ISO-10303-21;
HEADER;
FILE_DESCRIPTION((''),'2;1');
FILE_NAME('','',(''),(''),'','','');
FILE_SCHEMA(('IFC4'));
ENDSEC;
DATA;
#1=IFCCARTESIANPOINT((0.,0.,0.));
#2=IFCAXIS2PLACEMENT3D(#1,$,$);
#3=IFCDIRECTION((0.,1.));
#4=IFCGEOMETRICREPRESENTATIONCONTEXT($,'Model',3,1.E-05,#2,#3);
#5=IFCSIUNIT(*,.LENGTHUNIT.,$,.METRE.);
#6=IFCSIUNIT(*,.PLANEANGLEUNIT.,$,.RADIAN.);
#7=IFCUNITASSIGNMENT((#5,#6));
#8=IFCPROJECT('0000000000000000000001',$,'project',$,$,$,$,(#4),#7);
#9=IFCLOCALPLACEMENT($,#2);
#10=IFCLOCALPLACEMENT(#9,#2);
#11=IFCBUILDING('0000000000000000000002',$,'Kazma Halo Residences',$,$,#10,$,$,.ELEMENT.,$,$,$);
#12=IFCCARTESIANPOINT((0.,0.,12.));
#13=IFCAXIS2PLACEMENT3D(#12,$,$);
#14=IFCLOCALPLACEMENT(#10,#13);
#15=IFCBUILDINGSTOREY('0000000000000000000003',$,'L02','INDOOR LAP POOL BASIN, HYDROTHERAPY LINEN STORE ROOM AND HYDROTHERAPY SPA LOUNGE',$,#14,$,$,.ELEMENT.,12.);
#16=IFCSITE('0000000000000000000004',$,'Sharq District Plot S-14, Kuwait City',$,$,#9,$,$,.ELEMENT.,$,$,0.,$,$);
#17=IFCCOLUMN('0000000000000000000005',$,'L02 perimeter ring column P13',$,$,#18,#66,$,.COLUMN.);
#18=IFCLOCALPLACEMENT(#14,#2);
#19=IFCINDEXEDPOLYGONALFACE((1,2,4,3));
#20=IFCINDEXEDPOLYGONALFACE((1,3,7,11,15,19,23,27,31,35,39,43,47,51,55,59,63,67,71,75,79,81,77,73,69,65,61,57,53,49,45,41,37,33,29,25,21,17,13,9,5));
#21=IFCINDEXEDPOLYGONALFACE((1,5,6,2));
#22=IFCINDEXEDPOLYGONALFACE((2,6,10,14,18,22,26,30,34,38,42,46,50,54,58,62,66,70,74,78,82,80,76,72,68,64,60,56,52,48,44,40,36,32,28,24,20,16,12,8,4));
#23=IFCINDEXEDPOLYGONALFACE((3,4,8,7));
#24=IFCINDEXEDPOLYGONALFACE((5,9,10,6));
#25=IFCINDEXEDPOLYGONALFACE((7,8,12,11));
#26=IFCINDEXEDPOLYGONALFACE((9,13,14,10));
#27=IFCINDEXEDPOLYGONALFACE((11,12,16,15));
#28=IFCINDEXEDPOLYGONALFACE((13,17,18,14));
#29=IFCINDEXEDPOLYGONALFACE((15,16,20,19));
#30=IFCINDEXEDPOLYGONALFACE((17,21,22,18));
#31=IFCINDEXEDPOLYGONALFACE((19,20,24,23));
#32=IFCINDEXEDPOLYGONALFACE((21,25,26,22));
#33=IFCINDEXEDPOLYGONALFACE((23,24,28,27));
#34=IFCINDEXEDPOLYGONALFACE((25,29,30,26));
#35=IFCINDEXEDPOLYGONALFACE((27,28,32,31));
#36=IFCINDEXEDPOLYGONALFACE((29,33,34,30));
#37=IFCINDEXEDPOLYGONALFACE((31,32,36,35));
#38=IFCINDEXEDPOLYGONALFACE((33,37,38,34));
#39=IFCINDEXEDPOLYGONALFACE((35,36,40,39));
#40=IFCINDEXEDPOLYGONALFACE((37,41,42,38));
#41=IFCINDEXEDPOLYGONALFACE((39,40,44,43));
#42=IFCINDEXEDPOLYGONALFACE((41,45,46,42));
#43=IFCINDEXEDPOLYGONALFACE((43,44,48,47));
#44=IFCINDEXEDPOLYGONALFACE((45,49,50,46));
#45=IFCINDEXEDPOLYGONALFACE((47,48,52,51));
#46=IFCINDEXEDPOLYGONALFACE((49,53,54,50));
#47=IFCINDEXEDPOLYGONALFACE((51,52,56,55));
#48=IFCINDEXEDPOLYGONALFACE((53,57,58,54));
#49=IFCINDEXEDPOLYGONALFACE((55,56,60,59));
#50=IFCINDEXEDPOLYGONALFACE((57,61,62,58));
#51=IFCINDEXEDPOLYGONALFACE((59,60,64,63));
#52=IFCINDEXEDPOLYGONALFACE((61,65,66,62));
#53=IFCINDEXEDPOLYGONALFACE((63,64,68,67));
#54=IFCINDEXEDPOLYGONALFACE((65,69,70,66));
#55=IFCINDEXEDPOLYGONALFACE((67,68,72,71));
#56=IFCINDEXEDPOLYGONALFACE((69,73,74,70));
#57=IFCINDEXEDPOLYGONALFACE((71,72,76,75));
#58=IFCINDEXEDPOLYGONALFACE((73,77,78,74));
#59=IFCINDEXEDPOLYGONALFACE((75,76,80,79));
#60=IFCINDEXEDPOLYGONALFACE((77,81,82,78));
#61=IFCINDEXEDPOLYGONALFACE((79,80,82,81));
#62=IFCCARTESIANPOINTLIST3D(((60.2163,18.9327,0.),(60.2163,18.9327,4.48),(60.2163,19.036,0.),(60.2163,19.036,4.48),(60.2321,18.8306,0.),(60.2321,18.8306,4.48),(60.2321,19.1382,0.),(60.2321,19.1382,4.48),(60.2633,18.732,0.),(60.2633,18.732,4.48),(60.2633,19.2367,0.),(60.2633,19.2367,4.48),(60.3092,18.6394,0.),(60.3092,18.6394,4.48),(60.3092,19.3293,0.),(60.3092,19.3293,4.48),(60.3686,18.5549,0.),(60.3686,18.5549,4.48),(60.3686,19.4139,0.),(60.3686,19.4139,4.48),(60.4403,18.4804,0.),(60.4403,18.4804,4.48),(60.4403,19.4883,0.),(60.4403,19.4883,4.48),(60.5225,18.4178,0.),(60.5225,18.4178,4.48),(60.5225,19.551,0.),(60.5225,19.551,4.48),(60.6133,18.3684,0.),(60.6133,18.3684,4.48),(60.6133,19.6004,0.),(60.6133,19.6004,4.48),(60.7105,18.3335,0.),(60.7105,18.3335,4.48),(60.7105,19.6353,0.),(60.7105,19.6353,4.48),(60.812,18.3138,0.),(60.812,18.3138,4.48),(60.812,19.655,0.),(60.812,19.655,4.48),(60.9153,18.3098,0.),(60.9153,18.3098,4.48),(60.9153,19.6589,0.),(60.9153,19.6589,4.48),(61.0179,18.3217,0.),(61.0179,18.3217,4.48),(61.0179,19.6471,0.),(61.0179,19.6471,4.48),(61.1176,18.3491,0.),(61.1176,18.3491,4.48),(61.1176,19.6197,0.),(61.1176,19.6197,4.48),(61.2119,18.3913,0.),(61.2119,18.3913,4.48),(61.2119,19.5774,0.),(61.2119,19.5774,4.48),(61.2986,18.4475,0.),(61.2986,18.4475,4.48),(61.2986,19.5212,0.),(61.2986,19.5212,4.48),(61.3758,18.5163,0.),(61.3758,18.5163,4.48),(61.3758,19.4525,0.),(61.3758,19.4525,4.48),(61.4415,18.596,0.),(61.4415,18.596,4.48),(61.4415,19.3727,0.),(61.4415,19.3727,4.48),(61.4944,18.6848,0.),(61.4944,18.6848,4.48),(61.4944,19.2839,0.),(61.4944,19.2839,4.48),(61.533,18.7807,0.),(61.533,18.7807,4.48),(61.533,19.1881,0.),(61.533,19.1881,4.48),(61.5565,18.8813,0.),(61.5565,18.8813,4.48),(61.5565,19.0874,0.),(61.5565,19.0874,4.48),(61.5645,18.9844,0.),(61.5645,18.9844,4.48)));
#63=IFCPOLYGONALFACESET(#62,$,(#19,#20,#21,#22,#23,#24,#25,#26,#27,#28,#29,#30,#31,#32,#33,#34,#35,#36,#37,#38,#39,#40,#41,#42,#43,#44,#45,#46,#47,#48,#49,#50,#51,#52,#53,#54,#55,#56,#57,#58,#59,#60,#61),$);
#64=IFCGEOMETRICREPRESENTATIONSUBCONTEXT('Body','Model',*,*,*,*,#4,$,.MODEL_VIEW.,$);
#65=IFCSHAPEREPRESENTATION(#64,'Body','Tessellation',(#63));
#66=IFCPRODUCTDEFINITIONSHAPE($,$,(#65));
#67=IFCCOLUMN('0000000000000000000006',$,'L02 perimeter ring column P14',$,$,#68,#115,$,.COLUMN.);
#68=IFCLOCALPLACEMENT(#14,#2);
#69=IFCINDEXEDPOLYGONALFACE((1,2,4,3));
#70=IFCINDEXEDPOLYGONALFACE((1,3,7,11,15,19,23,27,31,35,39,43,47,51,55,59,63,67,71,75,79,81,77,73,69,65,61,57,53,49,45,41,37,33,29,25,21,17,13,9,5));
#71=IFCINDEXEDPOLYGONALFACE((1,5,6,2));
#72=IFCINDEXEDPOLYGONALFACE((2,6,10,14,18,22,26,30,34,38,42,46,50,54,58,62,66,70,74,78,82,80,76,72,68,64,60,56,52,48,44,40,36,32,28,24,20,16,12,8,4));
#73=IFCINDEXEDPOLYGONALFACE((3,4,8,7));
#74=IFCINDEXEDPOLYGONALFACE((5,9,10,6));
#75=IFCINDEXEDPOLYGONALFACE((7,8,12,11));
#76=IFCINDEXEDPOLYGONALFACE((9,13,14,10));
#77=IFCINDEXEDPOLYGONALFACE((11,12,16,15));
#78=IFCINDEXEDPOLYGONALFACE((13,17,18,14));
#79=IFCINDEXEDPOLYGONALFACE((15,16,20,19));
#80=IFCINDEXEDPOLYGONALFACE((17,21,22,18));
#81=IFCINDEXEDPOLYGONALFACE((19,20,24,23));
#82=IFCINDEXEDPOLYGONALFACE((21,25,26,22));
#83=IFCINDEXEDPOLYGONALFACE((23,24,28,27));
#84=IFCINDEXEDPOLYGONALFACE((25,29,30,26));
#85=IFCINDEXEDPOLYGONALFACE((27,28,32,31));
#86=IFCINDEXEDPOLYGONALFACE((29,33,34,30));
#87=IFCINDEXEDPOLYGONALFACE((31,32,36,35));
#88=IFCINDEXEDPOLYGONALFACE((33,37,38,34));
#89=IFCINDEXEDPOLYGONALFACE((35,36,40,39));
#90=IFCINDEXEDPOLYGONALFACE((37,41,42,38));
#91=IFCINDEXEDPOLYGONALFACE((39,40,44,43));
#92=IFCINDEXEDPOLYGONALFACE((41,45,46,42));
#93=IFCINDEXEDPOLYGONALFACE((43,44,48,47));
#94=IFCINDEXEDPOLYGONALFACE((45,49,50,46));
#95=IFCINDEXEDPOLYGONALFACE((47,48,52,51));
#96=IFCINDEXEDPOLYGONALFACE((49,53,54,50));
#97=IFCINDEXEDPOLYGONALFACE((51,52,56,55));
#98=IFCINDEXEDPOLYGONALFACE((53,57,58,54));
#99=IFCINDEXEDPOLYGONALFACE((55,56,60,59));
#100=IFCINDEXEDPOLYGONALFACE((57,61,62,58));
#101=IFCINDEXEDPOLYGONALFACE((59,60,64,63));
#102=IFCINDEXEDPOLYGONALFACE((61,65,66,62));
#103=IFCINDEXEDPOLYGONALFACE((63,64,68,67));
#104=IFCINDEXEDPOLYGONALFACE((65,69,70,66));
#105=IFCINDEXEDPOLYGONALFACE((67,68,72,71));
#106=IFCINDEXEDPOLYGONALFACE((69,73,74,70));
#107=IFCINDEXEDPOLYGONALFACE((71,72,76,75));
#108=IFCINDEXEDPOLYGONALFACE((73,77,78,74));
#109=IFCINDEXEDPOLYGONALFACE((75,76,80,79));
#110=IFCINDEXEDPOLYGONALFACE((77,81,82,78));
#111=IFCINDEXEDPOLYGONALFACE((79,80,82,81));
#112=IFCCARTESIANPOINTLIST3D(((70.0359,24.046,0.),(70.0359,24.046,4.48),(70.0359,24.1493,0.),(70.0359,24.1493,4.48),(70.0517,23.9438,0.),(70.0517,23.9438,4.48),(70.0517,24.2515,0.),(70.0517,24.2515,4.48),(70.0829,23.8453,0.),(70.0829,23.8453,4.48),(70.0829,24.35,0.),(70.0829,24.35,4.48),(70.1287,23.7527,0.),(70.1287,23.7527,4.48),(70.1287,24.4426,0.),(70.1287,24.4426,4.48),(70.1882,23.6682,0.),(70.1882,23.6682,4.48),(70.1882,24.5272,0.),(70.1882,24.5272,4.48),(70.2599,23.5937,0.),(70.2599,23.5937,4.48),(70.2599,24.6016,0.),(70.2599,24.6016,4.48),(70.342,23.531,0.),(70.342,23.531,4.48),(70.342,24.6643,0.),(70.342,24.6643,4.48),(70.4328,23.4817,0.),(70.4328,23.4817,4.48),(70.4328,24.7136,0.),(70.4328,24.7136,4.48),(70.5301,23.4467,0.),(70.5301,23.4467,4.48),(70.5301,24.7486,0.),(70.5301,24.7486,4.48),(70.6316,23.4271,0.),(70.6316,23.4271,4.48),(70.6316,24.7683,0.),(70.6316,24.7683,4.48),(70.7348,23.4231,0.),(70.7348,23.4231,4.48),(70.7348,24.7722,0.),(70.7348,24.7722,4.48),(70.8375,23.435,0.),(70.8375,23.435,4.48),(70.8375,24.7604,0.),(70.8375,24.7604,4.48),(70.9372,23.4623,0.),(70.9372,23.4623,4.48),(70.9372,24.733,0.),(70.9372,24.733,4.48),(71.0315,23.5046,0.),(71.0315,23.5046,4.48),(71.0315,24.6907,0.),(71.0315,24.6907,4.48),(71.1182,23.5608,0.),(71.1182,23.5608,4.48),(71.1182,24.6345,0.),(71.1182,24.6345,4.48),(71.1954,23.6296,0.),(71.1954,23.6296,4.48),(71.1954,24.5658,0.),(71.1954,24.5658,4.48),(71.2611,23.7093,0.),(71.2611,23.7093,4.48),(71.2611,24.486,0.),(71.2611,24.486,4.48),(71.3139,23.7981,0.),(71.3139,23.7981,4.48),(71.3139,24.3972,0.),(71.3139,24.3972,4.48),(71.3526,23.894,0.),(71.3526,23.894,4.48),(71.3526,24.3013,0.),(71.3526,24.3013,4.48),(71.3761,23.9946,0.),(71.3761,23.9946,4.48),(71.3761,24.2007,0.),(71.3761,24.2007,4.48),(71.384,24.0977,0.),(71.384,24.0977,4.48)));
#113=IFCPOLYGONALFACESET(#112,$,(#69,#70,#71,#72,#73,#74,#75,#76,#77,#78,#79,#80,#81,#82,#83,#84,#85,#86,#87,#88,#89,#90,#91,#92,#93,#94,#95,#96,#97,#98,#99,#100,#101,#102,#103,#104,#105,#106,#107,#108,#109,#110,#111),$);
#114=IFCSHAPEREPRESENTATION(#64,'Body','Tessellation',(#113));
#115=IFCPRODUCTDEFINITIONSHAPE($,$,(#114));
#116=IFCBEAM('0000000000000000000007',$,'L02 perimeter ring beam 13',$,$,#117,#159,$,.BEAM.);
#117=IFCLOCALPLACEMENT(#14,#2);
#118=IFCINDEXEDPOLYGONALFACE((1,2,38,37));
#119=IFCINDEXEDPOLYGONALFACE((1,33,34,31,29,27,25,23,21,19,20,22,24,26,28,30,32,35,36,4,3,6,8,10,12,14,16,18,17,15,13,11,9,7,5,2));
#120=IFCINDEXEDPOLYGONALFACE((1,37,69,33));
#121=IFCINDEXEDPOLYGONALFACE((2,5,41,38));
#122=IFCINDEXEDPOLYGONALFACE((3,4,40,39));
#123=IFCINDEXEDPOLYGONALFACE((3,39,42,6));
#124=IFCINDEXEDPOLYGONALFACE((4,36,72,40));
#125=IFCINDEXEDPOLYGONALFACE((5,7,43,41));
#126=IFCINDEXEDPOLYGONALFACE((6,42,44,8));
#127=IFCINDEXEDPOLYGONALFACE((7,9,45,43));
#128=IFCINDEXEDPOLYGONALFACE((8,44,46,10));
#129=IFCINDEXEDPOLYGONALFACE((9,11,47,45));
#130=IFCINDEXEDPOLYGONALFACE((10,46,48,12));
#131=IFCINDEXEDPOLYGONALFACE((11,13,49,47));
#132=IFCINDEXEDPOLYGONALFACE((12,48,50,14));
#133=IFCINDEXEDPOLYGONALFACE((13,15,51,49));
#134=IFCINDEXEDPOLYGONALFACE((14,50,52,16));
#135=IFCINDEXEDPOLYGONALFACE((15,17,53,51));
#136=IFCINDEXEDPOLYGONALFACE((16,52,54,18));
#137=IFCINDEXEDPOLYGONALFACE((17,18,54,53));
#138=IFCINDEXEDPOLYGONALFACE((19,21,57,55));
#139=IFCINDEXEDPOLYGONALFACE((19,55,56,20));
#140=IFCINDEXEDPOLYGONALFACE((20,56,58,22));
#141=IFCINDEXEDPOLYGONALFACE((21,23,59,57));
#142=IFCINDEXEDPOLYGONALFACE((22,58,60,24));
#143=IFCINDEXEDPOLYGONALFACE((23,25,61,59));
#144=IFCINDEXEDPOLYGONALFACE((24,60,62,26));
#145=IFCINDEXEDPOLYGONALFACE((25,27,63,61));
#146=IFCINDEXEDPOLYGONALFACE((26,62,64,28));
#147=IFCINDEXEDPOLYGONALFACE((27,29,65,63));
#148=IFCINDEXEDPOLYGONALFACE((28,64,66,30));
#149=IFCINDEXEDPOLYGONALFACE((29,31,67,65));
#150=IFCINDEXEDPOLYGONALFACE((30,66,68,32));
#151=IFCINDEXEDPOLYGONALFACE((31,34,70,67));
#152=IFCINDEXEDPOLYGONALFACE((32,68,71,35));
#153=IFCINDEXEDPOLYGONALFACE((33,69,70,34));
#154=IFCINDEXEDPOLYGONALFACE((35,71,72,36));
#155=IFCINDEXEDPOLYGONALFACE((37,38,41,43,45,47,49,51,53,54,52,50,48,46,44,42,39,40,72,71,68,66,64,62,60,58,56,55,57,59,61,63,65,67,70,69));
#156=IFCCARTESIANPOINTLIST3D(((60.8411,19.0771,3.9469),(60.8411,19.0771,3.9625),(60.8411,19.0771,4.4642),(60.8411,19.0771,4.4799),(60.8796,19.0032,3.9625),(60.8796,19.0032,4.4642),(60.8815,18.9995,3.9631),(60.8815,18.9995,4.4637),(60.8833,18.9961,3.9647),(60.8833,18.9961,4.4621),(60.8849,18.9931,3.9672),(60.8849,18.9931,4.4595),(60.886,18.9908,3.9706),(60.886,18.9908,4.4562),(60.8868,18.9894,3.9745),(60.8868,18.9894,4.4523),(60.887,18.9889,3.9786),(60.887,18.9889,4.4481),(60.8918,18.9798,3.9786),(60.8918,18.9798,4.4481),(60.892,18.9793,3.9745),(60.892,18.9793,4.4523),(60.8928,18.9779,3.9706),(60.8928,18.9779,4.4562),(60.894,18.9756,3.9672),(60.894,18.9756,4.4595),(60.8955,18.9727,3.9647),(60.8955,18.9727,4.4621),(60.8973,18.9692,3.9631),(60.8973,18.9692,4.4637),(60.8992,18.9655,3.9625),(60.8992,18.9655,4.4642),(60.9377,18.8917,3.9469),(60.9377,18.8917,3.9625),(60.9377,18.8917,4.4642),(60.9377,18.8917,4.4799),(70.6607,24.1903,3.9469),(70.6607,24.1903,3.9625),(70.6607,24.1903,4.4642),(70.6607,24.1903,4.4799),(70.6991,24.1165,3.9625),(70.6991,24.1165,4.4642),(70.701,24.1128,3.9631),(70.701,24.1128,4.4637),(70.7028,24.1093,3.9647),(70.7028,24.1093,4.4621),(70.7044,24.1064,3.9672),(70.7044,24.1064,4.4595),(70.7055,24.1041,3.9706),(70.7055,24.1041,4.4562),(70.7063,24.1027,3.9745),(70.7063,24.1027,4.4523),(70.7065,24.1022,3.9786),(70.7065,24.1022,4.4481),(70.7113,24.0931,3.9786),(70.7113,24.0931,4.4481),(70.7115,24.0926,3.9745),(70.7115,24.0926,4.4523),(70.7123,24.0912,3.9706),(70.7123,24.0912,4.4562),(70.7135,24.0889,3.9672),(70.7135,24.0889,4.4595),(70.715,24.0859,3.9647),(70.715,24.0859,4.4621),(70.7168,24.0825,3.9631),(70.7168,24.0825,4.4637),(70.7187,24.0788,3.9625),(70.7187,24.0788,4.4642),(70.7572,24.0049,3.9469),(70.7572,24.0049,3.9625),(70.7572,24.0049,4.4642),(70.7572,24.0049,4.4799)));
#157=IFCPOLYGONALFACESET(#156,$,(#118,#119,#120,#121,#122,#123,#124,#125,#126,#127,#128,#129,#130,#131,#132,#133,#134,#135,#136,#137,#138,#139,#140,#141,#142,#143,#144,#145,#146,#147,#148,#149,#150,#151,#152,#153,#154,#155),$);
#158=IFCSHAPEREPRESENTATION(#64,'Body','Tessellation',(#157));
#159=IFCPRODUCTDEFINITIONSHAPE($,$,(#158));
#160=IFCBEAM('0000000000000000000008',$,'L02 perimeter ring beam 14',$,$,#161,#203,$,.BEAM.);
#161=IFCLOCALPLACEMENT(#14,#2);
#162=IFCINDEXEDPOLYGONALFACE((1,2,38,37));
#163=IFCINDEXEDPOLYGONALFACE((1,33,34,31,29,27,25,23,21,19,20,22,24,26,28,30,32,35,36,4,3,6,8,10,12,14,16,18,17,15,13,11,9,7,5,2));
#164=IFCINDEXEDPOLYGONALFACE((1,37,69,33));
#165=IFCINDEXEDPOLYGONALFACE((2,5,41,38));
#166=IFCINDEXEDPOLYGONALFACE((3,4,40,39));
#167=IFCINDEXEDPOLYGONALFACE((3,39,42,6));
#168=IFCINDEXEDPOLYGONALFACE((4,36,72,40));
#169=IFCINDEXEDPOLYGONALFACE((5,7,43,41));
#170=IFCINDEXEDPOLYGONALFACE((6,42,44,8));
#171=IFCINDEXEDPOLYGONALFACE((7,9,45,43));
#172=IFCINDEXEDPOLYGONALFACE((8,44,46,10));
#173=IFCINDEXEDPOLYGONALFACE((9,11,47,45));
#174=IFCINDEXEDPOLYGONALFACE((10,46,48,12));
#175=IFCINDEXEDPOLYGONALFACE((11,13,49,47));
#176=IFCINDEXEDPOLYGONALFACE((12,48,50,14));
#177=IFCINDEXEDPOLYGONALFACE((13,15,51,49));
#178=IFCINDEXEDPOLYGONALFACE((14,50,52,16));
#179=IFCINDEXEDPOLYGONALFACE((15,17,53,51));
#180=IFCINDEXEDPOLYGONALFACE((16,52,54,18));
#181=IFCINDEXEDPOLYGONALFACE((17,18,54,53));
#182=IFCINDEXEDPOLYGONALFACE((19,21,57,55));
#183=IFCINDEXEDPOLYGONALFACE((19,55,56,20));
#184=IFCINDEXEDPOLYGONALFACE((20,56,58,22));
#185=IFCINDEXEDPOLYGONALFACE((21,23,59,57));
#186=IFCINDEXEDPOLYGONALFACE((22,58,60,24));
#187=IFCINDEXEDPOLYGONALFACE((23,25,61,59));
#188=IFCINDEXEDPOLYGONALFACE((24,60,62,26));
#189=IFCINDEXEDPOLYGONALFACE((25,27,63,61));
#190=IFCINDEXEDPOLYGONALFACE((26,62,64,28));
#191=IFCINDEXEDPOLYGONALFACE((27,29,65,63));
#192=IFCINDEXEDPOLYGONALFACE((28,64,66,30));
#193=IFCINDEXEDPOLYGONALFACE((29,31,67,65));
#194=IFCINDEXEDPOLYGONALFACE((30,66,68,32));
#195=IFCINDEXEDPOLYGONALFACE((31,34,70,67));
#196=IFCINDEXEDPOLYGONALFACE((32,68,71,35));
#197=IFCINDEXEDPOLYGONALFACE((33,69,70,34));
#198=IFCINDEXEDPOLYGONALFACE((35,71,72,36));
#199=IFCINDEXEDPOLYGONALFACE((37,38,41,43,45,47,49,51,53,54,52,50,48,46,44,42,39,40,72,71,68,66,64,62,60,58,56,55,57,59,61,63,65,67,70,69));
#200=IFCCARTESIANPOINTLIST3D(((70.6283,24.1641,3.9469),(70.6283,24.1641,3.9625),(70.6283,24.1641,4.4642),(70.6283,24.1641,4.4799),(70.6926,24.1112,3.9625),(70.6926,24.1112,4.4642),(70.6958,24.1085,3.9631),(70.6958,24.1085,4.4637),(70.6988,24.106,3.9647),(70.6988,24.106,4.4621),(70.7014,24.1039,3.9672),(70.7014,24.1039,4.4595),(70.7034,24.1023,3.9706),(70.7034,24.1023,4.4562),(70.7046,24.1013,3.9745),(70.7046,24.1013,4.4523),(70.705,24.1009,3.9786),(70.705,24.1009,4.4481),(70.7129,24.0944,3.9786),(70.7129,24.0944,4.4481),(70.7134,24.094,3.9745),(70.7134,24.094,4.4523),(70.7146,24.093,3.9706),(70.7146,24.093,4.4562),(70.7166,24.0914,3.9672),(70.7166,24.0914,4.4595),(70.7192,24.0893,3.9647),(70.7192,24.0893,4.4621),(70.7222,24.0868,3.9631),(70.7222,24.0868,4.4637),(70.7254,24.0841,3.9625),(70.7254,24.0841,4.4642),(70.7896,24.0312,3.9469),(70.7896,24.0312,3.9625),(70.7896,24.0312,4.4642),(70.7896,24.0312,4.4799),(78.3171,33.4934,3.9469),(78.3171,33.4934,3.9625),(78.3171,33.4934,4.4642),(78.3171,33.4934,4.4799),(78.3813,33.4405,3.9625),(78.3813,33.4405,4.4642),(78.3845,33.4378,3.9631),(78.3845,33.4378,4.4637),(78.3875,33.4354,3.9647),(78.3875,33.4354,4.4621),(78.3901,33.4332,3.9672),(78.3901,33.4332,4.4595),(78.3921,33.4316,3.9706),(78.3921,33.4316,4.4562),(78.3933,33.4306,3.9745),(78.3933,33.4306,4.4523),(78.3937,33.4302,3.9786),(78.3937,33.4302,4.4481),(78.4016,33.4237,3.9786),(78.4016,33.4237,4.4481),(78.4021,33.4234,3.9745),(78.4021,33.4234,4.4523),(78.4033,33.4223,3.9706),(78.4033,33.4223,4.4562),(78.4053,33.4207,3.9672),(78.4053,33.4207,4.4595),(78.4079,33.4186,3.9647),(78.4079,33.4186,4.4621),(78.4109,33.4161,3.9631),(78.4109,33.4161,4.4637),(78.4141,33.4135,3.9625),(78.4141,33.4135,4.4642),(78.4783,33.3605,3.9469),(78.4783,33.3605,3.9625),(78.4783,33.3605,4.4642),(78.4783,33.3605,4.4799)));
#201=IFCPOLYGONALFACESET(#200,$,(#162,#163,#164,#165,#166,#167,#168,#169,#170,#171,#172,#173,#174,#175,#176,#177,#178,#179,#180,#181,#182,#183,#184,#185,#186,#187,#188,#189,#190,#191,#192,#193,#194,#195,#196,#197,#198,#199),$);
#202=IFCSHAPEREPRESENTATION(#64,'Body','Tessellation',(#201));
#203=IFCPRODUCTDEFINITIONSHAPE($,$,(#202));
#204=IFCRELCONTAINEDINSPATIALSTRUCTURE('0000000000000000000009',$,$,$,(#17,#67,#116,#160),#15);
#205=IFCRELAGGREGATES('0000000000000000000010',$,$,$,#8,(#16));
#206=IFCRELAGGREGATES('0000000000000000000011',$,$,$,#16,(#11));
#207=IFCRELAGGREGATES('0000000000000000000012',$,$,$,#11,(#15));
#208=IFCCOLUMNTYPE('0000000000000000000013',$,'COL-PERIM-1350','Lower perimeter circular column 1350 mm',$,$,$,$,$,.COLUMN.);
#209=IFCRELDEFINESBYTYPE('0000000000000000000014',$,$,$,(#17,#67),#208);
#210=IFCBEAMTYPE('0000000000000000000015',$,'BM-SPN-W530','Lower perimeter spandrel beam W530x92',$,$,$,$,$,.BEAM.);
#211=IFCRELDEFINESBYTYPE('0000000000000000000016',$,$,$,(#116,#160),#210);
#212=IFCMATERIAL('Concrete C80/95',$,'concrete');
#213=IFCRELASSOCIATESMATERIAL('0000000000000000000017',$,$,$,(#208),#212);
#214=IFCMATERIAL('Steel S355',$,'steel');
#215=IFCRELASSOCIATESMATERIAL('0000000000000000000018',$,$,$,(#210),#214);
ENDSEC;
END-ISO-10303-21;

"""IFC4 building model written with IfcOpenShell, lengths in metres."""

from ifc_helpers import new_model, si_unit, direction, frame, origin, origin_2d, place, context, subcontext, project, spatial, circle, i_section, extrude, material, material_profile, profile_set, type_object, element, save


model = new_model("IFC4")

# Units and contexts
model_context = context("Model", 3, precision=1e-05, world=origin(), true_north=direction((0.0, 1.0)))
body_context = subcontext(model_context, "Body", "Model", "MODEL_VIEW")
ifc_project = project(units=[si_unit("LENGTHUNIT", "METRE"), si_unit("PLANEANGLEUNIT", "RADIAN")], contexts=[model_context])

# Site, building, storey
site_placement = place(None, origin())
site = spatial("IfcSite", under=ifc_project, at=site_placement, Name="Sharq District Plot S-14, Kuwait City", CompositionType="ELEMENT", RefElevation=0.0)
building_placement = place(site_placement, origin())
building = spatial("IfcBuilding", under=site, at=building_placement, Name="Kazma Halo Residences", CompositionType="ELEMENT")
storey_placement = place(building_placement, frame((0.0, 0.0, 12.0)))
storey = spatial("IfcBuildingStorey", under=building, at=storey_placement, Name="L02", Description="INDOOR LAP POOL BASIN, HYDROTHERAPY LINEN STORE ROOM AND HYDROTHERAPY SPA LOUNGE", CompositionType="ELEMENT", Elevation=12.0)

# Columns
ifc_material_1 = material(Name="Concrete C80/95", Category="concrete")
ifc_material_profile_1 = material_profile(ifc_material_1, circle(Radius=0.675, at=origin_2d()), Name="CIRC1350")
ifc_profile_set_1 = profile_set([ifc_material_profile_1], Name="Concrete C80/95")
column_type = type_object("IfcColumnType", Name="COL-PERIM-1350", Description="Lower perimeter circular column 1350 mm", PredefinedType="COLUMN", material=ifc_profile_set_1)
for number, where, z_axis, x_axis, name in (
    (1, (60.8894, 18.9844, 0.0), (0.0, 0.0, 1.0), (1.0, 0.0, 0.0), "L02 perimeter ring column P13"),
    (2, (70.709, 24.0977, 0.0), (0.0, 0.0, 1.0), (1.0, 0.0, 0.0), "L02 perimeter ring column P14"),
):
    element("IfcColumn", number, at=place(storey_placement, frame(where, z_axis=z_axis, x_axis=x_axis)), inside=storey, type_object=column_type, Name=name, PredefinedType="COLUMN", context=body_context, shape_type="SweptSolid", body=[
        extrude(circle(Radius=0.675, at=origin_2d()), origin(), (0.0, 0.0, 1.0), 4.48),
    ])

# Beams
ifc_material_2 = material(Name="Steel S355", Category="steel")
ifc_material_profile_2 = material_profile(ifc_material_2, i_section(OverallWidth=0.209, OverallDepth=0.533, WebThickness=0.0103, FlangeThickness=0.0156, FilletRadius=0.0161, at=origin_2d()), Name="W530x92")
ifc_profile_set_2 = profile_set([ifc_material_profile_2], Name="Steel S355")
beam_type = type_object("IfcBeamType", Name="BM-SPN-W530", Description="Lower perimeter spandrel beam W530x92", PredefinedType="BEAM", material=ifc_profile_set_2)
beam_1_placement = place(storey_placement, frame((60.8894, 18.9844, 4.2134), z_axis=(0.886954, 0.461857, 0.0), x_axis=(-0.461857, 0.886954, 0.0)))
element("IfcBeam", 3, at=beam_1_placement, inside=storey, type_object=beam_type, Name="L02 perimeter ring beam 13", PredefinedType="BEAM", context=body_context, shape_type="SweptSolid", body=[
    extrude(i_section(OverallWidth=0.209, OverallDepth=0.533, WebThickness=0.0103, FlangeThickness=0.0156, FilletRadius=0.0161, at=origin_2d()), origin(), (0.0, 0.0, 1.0), 11.071),
])
beam_2_placement = place(storey_placement, frame((70.709, 24.0977, 4.2134), z_axis=(0.63599, 0.771698, 0.0), x_axis=(-0.771698, 0.63599, 0.0)))
element("IfcBeam", 4, at=beam_2_placement, inside=storey, type_object=beam_type, Name="L02 perimeter ring beam 14", PredefinedType="BEAM", context=body_context, shape_type="SweptSolid", body=[
    extrude(i_section(OverallWidth=0.209, OverallDepth=0.533, WebThickness=0.0103, FlangeThickness=0.0156, FilletRadius=0.0161, at=origin_2d()), origin(), (0.0, 0.0, 1.0), 12.0894),
])

save(model, "model.ifc")
